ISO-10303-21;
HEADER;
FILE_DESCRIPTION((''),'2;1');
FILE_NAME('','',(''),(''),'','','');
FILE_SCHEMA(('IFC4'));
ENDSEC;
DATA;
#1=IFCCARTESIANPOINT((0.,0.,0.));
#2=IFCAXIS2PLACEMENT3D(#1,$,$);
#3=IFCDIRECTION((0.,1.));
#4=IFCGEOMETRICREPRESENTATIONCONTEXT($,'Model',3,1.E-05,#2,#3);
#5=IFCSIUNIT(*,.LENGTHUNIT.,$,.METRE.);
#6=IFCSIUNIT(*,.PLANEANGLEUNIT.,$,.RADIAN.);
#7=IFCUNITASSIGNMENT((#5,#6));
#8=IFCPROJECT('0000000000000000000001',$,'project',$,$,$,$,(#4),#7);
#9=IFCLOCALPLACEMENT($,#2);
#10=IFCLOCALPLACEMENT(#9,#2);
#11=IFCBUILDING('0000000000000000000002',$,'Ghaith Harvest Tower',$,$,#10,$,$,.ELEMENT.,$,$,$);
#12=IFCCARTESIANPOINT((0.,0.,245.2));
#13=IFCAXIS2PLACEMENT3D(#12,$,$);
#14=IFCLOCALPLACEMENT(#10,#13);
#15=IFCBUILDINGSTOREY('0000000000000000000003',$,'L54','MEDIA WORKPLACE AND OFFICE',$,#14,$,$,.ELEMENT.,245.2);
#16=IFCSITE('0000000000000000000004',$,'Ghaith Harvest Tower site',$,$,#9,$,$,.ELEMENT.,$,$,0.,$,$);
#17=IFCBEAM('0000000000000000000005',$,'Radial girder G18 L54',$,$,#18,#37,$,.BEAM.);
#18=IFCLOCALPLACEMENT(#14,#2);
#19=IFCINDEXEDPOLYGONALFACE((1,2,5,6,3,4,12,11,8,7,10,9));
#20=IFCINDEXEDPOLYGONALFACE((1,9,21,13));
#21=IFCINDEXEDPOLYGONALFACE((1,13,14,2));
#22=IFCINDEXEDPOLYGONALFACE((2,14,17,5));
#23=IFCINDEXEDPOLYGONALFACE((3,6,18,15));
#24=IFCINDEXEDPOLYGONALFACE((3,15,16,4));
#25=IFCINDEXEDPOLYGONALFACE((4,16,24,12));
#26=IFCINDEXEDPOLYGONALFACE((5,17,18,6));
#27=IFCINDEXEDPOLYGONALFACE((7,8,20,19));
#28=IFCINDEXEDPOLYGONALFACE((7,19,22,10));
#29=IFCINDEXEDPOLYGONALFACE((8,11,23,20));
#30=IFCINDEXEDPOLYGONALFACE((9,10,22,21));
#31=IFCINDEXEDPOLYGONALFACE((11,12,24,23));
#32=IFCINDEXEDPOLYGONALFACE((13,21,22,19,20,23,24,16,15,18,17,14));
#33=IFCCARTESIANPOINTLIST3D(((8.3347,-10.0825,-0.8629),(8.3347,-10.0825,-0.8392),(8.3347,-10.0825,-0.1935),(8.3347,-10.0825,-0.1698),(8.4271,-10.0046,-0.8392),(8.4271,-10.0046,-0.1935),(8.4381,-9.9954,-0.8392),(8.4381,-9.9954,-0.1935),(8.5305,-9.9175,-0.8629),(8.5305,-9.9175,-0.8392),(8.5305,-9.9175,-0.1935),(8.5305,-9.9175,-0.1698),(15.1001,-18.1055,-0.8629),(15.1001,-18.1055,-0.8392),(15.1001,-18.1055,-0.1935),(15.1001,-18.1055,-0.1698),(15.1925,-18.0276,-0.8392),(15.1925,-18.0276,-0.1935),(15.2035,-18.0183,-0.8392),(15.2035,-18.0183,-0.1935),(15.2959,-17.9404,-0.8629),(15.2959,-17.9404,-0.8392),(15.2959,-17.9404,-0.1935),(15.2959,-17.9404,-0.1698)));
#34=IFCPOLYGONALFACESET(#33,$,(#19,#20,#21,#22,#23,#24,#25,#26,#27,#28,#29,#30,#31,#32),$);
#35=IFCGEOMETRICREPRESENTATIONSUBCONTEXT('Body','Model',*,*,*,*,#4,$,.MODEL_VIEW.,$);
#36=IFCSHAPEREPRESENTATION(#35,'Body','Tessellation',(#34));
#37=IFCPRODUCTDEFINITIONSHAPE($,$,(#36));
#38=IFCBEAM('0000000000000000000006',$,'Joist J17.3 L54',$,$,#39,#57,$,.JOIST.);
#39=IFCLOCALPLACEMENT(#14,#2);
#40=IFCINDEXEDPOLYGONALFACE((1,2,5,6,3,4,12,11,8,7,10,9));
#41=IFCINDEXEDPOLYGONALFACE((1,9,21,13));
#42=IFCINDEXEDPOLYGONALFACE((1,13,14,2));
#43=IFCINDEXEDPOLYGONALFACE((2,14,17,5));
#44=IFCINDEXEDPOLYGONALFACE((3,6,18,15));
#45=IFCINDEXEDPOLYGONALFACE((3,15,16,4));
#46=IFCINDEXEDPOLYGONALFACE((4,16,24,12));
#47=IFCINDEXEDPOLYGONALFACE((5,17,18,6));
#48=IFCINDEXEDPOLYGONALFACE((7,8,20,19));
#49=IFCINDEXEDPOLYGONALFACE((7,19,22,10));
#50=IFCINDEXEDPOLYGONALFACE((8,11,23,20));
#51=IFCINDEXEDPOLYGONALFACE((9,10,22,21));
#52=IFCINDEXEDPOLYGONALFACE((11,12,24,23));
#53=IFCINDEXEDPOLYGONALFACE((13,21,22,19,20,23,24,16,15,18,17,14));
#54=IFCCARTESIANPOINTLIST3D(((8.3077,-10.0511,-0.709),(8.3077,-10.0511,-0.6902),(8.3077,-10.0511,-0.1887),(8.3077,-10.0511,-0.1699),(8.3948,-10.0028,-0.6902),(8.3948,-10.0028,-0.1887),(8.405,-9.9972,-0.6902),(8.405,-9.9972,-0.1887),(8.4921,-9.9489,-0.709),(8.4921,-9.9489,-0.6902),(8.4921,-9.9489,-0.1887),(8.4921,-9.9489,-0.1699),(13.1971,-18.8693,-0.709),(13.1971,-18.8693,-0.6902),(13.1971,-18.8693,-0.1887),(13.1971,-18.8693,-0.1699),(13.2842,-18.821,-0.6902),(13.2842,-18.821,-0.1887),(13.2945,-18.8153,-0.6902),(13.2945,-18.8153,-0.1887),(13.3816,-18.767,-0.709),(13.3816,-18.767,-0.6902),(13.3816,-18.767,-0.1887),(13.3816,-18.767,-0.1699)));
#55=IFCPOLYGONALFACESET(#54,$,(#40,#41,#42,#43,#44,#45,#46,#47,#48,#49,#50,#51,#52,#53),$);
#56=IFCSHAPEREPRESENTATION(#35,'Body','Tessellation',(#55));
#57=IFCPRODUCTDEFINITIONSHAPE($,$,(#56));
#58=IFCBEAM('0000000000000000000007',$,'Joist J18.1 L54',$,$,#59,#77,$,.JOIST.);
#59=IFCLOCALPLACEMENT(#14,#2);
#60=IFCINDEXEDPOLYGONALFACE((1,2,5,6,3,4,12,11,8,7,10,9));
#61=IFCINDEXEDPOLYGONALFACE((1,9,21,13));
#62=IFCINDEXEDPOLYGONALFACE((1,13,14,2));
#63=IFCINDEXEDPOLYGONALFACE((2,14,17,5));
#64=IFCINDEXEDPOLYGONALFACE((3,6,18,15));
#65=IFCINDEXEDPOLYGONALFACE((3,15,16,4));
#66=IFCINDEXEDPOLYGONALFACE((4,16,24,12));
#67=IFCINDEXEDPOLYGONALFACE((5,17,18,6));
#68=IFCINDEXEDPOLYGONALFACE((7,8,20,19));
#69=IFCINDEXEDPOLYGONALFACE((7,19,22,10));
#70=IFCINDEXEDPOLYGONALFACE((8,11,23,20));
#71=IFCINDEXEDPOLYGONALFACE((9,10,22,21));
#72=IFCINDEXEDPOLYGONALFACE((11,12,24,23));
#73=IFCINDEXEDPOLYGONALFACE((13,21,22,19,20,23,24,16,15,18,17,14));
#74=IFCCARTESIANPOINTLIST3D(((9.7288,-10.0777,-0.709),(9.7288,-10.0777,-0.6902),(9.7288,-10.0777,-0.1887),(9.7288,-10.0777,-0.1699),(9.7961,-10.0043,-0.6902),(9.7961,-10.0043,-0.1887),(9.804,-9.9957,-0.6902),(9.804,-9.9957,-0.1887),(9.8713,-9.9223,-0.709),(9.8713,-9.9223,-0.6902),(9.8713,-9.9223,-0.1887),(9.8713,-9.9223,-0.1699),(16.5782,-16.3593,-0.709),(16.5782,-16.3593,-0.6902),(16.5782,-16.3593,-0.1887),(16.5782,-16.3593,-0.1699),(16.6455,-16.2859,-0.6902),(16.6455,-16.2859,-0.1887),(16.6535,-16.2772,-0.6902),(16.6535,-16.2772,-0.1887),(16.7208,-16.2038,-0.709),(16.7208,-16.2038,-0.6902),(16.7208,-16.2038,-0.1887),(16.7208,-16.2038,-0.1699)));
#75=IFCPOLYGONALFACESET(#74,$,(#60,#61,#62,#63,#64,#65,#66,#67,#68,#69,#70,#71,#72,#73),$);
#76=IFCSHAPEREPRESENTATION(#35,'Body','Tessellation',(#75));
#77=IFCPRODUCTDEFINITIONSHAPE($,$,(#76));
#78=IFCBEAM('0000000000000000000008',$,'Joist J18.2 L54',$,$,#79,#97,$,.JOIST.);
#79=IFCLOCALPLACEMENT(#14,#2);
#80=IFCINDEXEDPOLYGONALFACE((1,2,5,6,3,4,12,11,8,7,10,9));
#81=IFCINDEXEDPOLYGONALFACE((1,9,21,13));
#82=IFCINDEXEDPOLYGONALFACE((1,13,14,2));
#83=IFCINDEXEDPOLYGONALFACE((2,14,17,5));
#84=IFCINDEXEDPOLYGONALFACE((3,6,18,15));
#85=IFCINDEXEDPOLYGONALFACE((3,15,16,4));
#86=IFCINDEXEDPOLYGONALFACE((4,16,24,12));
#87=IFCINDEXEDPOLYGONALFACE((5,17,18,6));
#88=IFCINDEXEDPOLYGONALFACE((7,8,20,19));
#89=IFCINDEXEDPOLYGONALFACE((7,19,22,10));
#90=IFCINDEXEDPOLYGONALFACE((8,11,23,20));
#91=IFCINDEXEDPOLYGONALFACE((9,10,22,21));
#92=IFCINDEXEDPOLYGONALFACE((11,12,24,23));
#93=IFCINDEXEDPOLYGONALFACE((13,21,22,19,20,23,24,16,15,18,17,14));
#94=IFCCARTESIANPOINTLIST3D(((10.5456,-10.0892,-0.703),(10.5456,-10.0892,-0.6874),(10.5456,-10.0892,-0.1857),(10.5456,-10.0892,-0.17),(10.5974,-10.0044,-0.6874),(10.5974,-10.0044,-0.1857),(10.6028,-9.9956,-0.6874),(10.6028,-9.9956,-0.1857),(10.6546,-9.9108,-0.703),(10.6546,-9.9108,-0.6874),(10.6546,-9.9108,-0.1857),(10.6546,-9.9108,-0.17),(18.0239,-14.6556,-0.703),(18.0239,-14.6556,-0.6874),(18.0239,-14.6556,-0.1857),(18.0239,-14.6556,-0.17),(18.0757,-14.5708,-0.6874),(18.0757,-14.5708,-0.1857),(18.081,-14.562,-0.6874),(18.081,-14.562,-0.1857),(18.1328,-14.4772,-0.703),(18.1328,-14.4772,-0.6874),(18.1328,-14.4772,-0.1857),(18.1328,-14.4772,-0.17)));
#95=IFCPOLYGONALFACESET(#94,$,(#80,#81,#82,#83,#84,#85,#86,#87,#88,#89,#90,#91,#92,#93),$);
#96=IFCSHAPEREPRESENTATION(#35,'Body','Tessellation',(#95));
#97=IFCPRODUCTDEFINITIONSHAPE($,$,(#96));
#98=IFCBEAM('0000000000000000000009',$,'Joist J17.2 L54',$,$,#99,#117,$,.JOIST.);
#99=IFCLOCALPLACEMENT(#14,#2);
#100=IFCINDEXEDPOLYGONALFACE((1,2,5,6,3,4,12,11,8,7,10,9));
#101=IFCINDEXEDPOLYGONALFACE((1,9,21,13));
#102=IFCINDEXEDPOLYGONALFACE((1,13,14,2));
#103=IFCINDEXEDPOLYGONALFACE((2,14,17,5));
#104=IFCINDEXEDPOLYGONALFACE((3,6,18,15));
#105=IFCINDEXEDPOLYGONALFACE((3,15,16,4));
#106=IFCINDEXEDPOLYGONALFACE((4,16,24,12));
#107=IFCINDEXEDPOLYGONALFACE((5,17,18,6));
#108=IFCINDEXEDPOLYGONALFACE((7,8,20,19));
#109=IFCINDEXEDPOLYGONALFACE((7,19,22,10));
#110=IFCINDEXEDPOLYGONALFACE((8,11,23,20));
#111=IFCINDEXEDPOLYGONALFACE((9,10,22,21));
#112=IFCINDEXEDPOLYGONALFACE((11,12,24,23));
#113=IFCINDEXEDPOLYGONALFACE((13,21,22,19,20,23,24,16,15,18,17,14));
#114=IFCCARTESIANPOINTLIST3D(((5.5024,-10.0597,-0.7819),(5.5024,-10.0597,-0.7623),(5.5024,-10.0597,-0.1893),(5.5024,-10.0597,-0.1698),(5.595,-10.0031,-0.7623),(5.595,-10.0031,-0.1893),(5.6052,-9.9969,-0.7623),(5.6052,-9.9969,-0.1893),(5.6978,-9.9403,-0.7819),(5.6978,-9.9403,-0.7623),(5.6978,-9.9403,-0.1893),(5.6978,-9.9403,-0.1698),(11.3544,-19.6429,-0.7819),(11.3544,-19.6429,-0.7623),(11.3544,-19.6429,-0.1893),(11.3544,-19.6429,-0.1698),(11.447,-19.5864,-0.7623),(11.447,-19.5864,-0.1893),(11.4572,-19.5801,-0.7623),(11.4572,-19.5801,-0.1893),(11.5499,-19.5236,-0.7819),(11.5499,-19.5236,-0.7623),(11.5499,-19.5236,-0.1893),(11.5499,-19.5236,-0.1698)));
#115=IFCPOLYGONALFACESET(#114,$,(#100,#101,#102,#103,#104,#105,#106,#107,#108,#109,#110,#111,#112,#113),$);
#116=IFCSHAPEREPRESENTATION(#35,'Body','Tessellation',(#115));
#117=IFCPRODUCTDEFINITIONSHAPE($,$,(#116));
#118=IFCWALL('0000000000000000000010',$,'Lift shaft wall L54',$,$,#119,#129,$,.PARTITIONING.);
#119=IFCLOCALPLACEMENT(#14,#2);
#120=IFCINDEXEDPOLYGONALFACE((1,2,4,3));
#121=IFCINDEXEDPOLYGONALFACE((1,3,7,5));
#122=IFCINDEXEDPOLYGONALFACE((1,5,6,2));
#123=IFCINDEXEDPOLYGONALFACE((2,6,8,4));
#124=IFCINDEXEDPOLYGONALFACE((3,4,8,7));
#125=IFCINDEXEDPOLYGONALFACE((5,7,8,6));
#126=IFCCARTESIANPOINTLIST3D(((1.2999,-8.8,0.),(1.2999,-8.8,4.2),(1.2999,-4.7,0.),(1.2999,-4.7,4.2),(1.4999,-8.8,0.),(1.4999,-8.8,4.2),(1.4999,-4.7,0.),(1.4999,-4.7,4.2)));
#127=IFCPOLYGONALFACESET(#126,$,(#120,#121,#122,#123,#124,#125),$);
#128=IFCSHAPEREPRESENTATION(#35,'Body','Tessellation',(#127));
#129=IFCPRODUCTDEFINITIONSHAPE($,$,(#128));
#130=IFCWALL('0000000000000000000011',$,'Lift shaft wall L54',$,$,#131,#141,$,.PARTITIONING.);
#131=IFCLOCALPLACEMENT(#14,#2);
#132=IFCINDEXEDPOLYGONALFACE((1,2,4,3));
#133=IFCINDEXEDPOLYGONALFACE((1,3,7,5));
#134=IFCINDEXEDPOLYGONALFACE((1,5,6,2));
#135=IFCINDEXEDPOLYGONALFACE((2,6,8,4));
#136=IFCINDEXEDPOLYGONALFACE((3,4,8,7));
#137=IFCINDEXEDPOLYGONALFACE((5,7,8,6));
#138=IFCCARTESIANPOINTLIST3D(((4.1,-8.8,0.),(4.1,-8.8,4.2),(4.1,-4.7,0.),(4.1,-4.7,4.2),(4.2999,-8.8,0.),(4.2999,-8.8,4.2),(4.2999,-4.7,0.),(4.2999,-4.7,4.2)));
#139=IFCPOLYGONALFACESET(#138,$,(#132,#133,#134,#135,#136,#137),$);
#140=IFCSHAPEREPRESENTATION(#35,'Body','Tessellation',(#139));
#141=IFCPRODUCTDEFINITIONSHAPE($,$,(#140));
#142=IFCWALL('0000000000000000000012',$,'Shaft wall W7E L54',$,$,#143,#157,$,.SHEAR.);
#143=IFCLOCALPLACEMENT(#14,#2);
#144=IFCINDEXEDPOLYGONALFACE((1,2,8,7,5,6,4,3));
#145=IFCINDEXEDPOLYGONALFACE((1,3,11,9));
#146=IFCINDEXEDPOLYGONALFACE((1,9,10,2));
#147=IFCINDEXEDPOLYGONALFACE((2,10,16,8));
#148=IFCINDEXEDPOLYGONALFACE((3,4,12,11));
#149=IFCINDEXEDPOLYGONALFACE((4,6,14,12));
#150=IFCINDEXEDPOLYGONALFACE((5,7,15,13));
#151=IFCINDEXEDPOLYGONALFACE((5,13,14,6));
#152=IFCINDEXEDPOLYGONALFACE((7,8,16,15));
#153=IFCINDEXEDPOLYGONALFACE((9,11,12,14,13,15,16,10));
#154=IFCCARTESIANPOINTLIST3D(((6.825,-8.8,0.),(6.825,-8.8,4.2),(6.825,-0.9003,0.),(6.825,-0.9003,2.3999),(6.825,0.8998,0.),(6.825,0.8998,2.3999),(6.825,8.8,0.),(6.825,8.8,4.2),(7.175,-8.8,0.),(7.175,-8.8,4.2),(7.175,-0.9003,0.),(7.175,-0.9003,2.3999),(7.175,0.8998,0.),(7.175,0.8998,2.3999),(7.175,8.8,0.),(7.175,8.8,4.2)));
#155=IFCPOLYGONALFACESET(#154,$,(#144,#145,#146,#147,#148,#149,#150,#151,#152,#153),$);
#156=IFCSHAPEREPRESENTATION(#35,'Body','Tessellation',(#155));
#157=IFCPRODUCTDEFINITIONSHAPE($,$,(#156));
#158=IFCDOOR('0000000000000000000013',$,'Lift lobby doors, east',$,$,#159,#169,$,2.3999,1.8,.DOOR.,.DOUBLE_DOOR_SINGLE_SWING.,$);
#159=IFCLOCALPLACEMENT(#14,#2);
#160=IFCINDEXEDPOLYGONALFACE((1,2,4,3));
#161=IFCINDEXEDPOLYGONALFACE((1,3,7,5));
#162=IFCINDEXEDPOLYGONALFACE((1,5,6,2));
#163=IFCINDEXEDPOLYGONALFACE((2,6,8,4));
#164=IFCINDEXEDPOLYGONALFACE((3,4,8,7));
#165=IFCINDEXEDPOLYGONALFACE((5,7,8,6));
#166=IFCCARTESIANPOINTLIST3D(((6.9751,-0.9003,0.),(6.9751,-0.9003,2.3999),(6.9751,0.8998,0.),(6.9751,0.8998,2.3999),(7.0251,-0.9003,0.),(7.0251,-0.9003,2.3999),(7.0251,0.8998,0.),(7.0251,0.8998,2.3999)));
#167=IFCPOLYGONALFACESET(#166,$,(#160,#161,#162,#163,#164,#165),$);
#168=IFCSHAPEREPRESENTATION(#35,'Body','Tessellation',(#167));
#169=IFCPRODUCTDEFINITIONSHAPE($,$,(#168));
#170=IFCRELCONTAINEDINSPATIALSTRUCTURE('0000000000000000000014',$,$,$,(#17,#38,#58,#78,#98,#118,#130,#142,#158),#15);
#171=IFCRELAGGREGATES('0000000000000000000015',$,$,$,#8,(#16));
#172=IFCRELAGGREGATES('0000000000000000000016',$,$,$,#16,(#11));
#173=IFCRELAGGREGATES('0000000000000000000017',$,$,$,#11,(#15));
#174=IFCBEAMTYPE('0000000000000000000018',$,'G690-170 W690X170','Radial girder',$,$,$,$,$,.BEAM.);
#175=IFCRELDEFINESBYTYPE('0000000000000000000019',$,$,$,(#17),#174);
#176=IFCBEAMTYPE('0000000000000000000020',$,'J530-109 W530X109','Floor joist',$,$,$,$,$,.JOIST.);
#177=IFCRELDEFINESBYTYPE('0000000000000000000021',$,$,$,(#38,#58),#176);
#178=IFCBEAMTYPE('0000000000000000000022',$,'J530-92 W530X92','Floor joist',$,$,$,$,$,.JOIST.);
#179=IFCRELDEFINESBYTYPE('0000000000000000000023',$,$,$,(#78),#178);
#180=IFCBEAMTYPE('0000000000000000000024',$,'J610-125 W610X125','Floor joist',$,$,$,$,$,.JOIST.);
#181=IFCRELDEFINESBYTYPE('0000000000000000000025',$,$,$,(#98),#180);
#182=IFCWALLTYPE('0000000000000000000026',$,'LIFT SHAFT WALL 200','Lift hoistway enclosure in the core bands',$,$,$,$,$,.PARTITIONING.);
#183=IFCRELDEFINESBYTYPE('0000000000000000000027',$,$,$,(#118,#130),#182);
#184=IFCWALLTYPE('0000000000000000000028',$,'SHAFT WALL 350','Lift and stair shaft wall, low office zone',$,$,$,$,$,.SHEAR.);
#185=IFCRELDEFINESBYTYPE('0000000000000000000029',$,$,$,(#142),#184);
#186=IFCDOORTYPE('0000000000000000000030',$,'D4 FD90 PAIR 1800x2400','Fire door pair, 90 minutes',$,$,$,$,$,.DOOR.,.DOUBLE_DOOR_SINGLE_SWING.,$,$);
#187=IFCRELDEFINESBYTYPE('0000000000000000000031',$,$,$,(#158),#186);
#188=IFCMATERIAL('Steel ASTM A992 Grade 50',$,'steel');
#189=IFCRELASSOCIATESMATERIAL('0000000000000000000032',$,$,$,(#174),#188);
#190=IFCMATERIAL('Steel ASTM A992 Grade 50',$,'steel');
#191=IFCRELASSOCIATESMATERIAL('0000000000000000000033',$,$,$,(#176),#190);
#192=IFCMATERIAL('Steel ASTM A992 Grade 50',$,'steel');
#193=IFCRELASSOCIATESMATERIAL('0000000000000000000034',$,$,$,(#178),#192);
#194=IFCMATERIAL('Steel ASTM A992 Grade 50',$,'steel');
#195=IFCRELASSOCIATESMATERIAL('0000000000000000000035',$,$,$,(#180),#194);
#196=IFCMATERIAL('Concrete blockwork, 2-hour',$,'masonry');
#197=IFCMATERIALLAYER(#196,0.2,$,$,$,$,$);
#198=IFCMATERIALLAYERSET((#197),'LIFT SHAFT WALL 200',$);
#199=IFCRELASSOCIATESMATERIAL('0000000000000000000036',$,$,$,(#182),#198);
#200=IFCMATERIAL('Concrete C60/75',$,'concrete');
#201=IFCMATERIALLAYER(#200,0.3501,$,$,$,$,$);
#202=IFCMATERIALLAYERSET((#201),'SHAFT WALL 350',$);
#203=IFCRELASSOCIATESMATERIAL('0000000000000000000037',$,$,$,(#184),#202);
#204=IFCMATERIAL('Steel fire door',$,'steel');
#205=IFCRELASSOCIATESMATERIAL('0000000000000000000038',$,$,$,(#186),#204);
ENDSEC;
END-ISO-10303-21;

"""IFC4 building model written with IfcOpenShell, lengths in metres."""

from ifc_helpers import new_model, si_unit, direction, frame, frame_2d, origin, origin_2d, place, context, subcontext, project, spatial, rectangle, i_section, extrude, material, layer, layer_set, material_profile, profile_set, type_object, element, fill, save


model = new_model("IFC4")

# Units and contexts
model_context = context("Model", 3, precision=1e-05, world=origin(), true_north=direction((0.0, 1.0)))
body_context = subcontext(model_context, "Body", "Model", "MODEL_VIEW")
ifc_project = project(units=[si_unit("LENGTHUNIT", "METRE"), si_unit("PLANEANGLEUNIT", "RADIAN")], contexts=[model_context])

# Site, building, storey
site_placement = place(None, origin())
site = spatial("IfcSite", under=ifc_project, at=site_placement, Name="Ghaith Harvest Tower site", CompositionType="ELEMENT", RefElevation=0.0)
building_placement = place(site_placement, origin())
building = spatial("IfcBuilding", under=site, at=building_placement, Name="Ghaith Harvest Tower", CompositionType="ELEMENT")
storey_placement = place(building_placement, frame((0.0, 0.0, 245.2)))
storey = spatial("IfcBuildingStorey", under=building, at=storey_placement, Name="L54", Description="MEDIA WORKPLACE AND OFFICE", CompositionType="ELEMENT", Elevation=245.2)

# Beams
ifc_material_1 = material(Name="Steel ASTM A992 Grade 50", Category="steel")
ifc_material_profile_1 = material_profile(ifc_material_1, i_section(OverallWidth=0.2561, OverallDepth=0.6931, WebThickness=0.0144, FlangeThickness=0.0237, at=origin_2d()), Name="W690X170")
ifc_profile_set_1 = profile_set([ifc_material_profile_1], Name="Steel ASTM A992 Grade 50")
beam_type_1 = type_object("IfcBeamType", Name="G690-170 W690X170", Description="Radial girder", PredefinedType="BEAM", material=ifc_profile_set_1)
beam_1_placement = place(storey_placement, frame((8.4326, -10.0, -0.5164), z_axis=(0.644649, -0.764478, 0.0), x_axis=(0.764478, 0.644649, 0.0)))
element("IfcBeam", 1, at=beam_1_placement, inside=storey, type_object=beam_type_1, Name="Radial girder G18 L54", PredefinedType="BEAM", context=body_context, shape_type="SweptSolid", body=[
    extrude(i_section(OverallWidth=0.2561, OverallDepth=0.6931, WebThickness=0.0144, FlangeThickness=0.0237, at=origin_2d()), origin(), (0.0, 0.0, 1.0), 10.4946),
])
ifc_material_2 = material(Name="Steel ASTM A992 Grade 50", Category="steel")
ifc_material_profile_2 = material_profile(ifc_material_2, i_section(OverallWidth=0.2109, OverallDepth=0.5391, WebThickness=0.0117, FlangeThickness=0.0188, at=origin_2d()), Name="W530X109")
ifc_profile_set_2 = profile_set([ifc_material_profile_2], Name="Steel ASTM A992 Grade 50")
beam_type_2 = type_object("IfcBeamType", Name="J530-109 W530X109", Description="Floor joist", PredefinedType="JOIST", material=ifc_profile_set_2)
beam_2_placement = place(storey_placement, frame((8.3999, -10.0, -0.4395), z_axis=(0.484919, -0.874559, 0.0), x_axis=(0.874559, 0.484919, 0.0)))
element("IfcBeam", 2, at=beam_2_placement, inside=storey, type_object=beam_type_2, Name="Joist J17.3 L54", PredefinedType="JOIST", context=body_context, shape_type="SweptSolid", body=[
    extrude(i_section(OverallWidth=0.2109, OverallDepth=0.5391, WebThickness=0.0117, FlangeThickness=0.0188, at=origin_2d()), origin(), (0.0, 0.0, 1.0), 10.083),
])
beam_3_placement = place(storey_placement, frame((9.8, -10.0, -0.4395), z_axis=(0.736998, -0.675895, 0.0), x_axis=(0.675895, 0.736998, 0.0)))
element("IfcBeam", 3, at=beam_3_placement, inside=storey, type_object=beam_type_2, Name="Joist J18.1 L54", PredefinedType="JOIST", context=body_context, shape_type="SweptSolid", body=[
    extrude(i_section(OverallWidth=0.2109, OverallDepth=0.5391, WebThickness=0.0117, FlangeThickness=0.0188, at=origin_2d()), origin(), (0.0, 0.0, 1.0), 9.2937),
])
ifc_material_3 = material(Name="Steel ASTM A992 Grade 50", Category="steel")
ifc_material_profile_3 = material_profile(ifc_material_3, i_section(OverallWidth=0.209, OverallDepth=0.533, WebThickness=0.0103, FlangeThickness=0.0156, at=origin_2d()), Name="W530X92")
ifc_profile_set_3 = profile_set([ifc_material_profile_3], Name="Steel ASTM A992 Grade 50")
beam_type_3 = type_object("IfcBeamType", Name="J530-92 W530X92", Description="Floor joist", PredefinedType="JOIST", material=ifc_profile_set_3)
beam_4_placement = place(storey_placement, frame((10.6001, -10.0, -0.4365), z_axis=(0.853467, -0.521147, 0.0), x_axis=(0.521147, 0.853467, 0.0)))
element("IfcBeam", 4, at=beam_4_placement, inside=storey, type_object=beam_type_3, Name="Joist J18.2 L54", PredefinedType="JOIST", context=body_context, shape_type="SweptSolid", body=[
    extrude(i_section(OverallWidth=0.209, OverallDepth=0.533, WebThickness=0.0103, FlangeThickness=0.0156, at=origin_2d()), origin(), (0.0, 0.0, 1.0), 8.7622),
])
ifc_material_4 = material(Name="Steel ASTM A992 Grade 50", Category="steel")
ifc_material_profile_4 = material_profile(ifc_material_4, i_section(OverallWidth=0.229, OverallDepth=0.6121, WebThickness=0.012, FlangeThickness=0.0195, at=origin_2d()), Name="W610X125")
ifc_profile_set_4 = profile_set([ifc_material_profile_4], Name="Steel ASTM A992 Grade 50")
beam_type_4 = type_object("IfcBeamType", Name="J610-125 W610X125", Description="Floor joist", PredefinedType="JOIST", material=ifc_profile_set_4)
beam_5_placement = place(storey_placement, frame((5.6001, -10.0, -0.4758), z_axis=(0.521166, -0.853455, 0.0), x_axis=(0.853455, 0.521166, 0.0)))
element("IfcBeam", 5, at=beam_5_placement, inside=storey, type_object=beam_type_4, Name="Joist J17.2 L54", PredefinedType="JOIST", context=body_context, shape_type="SweptSolid", body=[
    extrude(i_section(OverallWidth=0.229, OverallDepth=0.6121, WebThickness=0.012, FlangeThickness=0.0195, at=origin_2d()), origin(), (0.0, 0.0, 1.0), 11.2288),
])

# Walls
ifc_material_5 = material(Name="Concrete blockwork, 2-hour", Category="masonry")
ifc_layer_1 = layer(ifc_material_5, 0.2)
ifc_layer_set_1 = layer_set([ifc_layer_1], Name="LIFT SHAFT WALL 200")
wall_type_1 = type_object("IfcWallType", Name="LIFT SHAFT WALL 200", Description="Lift hoistway enclosure in the core bands", PredefinedType="PARTITIONING", material=ifc_layer_set_1)
for number, where, z_axis, x_axis, name in (
    (6, (1.3999, -4.7, 0.0), (0.0, 0.0, 1.0), (0.0, -1.0, 0.0), "Lift shaft wall L54"),
    (7, (4.2, -4.7, 0.0), (0.0, 0.0, 1.0), (0.0, -1.0, 0.0), "Lift shaft wall L54"),
):
    element("IfcWall", number, at=place(storey_placement, frame(where, z_axis=z_axis, x_axis=x_axis)), inside=storey, type_object=wall_type_1, Name=name, PredefinedType="PARTITIONING", context=body_context, shape_type="SweptSolid", body=[
        extrude(rectangle(XDim=4.1001, YDim=0.2, at=frame_2d((2.05, 0.0))), origin(), (0.0, 0.0, 1.0), 4.2),
    ])

# Wall, opening, door
ifc_material_6 = material(Name="Concrete C60/75", Category="concrete")
ifc_layer_2 = layer(ifc_material_6, 0.3501)
ifc_layer_set_2 = layer_set([ifc_layer_2], Name="SHAFT WALL 350")
wall_type_2 = type_object("IfcWallType", Name="SHAFT WALL 350", Description="Lift and stair shaft wall, low office zone", PredefinedType="SHEAR", material=ifc_layer_set_2)
wall_1_placement = place(storey_placement, frame((7.0, -8.8, 0.0), z_axis=(0.0, 0.0, 1.0), x_axis=(0.0, 1.0, 0.0)))
wall_1 = element("IfcWall", 8, at=wall_1_placement, inside=storey, type_object=wall_type_2, Name="Shaft wall W7E L54", PredefinedType="SHEAR", context=body_context, shape_type="SweptSolid", body=[
    extrude(rectangle(XDim=17.6001, YDim=0.3501, at=frame_2d((8.8, 0.0))), origin(), (0.0, 0.0, 1.0), 4.2),
])
opening_1_placement = place(wall_1_placement, frame((7.8999, 0.0, 0.0)))
opening_1 = element("IfcOpeningElement", 9, at=opening_1_placement, cuts=wall_1, PredefinedType="OPENING", context=body_context, shape_type="SweptSolid", body=[
    extrude(rectangle(XDim=1.8, YDim=2.3999, at=frame_2d((0.8999, 1.2))), frame((0.0, 0.1851, 0.0), z_axis=(0.0, -1.0, 0.0), x_axis=(1.0, 0.0, 0.0)), (0.0, 0.0, 1.0), 0.3701),
])
ifc_material_7 = material(Name="Steel fire door", Category="steel")
door_type_1 = type_object("IfcDoorType", Name="D4 FD90 PAIR 1800x2400", Description="Fire door pair, 90 minutes", OperationType="DOUBLE_DOOR_SINGLE_SWING", PredefinedType="DOOR", material=ifc_material_7)
door_1_placement = place(opening_1_placement, origin())
door_1 = element("IfcDoor", 10, at=door_1_placement, inside=storey, type_object=door_type_1, Name="Lift lobby doors, east", OperationType="DOUBLE_DOOR_SINGLE_SWING", OverallHeight=2.3999, OverallWidth=1.8, PredefinedType="DOOR", context=body_context, shape_type="SweptSolid", body=[
    extrude(rectangle(XDim=1.8, YDim=2.3999, at=frame_2d((0.8999, 1.2))), frame((0.0, 0.0249, 0.0), z_axis=(0.0, -1.0, 0.0), x_axis=(1.0, 0.0, 0.0)), (0.0, 0.0, 1.0), 0.05),
])
fill(opening_1, door_1)

save(model, "model.ifc")
